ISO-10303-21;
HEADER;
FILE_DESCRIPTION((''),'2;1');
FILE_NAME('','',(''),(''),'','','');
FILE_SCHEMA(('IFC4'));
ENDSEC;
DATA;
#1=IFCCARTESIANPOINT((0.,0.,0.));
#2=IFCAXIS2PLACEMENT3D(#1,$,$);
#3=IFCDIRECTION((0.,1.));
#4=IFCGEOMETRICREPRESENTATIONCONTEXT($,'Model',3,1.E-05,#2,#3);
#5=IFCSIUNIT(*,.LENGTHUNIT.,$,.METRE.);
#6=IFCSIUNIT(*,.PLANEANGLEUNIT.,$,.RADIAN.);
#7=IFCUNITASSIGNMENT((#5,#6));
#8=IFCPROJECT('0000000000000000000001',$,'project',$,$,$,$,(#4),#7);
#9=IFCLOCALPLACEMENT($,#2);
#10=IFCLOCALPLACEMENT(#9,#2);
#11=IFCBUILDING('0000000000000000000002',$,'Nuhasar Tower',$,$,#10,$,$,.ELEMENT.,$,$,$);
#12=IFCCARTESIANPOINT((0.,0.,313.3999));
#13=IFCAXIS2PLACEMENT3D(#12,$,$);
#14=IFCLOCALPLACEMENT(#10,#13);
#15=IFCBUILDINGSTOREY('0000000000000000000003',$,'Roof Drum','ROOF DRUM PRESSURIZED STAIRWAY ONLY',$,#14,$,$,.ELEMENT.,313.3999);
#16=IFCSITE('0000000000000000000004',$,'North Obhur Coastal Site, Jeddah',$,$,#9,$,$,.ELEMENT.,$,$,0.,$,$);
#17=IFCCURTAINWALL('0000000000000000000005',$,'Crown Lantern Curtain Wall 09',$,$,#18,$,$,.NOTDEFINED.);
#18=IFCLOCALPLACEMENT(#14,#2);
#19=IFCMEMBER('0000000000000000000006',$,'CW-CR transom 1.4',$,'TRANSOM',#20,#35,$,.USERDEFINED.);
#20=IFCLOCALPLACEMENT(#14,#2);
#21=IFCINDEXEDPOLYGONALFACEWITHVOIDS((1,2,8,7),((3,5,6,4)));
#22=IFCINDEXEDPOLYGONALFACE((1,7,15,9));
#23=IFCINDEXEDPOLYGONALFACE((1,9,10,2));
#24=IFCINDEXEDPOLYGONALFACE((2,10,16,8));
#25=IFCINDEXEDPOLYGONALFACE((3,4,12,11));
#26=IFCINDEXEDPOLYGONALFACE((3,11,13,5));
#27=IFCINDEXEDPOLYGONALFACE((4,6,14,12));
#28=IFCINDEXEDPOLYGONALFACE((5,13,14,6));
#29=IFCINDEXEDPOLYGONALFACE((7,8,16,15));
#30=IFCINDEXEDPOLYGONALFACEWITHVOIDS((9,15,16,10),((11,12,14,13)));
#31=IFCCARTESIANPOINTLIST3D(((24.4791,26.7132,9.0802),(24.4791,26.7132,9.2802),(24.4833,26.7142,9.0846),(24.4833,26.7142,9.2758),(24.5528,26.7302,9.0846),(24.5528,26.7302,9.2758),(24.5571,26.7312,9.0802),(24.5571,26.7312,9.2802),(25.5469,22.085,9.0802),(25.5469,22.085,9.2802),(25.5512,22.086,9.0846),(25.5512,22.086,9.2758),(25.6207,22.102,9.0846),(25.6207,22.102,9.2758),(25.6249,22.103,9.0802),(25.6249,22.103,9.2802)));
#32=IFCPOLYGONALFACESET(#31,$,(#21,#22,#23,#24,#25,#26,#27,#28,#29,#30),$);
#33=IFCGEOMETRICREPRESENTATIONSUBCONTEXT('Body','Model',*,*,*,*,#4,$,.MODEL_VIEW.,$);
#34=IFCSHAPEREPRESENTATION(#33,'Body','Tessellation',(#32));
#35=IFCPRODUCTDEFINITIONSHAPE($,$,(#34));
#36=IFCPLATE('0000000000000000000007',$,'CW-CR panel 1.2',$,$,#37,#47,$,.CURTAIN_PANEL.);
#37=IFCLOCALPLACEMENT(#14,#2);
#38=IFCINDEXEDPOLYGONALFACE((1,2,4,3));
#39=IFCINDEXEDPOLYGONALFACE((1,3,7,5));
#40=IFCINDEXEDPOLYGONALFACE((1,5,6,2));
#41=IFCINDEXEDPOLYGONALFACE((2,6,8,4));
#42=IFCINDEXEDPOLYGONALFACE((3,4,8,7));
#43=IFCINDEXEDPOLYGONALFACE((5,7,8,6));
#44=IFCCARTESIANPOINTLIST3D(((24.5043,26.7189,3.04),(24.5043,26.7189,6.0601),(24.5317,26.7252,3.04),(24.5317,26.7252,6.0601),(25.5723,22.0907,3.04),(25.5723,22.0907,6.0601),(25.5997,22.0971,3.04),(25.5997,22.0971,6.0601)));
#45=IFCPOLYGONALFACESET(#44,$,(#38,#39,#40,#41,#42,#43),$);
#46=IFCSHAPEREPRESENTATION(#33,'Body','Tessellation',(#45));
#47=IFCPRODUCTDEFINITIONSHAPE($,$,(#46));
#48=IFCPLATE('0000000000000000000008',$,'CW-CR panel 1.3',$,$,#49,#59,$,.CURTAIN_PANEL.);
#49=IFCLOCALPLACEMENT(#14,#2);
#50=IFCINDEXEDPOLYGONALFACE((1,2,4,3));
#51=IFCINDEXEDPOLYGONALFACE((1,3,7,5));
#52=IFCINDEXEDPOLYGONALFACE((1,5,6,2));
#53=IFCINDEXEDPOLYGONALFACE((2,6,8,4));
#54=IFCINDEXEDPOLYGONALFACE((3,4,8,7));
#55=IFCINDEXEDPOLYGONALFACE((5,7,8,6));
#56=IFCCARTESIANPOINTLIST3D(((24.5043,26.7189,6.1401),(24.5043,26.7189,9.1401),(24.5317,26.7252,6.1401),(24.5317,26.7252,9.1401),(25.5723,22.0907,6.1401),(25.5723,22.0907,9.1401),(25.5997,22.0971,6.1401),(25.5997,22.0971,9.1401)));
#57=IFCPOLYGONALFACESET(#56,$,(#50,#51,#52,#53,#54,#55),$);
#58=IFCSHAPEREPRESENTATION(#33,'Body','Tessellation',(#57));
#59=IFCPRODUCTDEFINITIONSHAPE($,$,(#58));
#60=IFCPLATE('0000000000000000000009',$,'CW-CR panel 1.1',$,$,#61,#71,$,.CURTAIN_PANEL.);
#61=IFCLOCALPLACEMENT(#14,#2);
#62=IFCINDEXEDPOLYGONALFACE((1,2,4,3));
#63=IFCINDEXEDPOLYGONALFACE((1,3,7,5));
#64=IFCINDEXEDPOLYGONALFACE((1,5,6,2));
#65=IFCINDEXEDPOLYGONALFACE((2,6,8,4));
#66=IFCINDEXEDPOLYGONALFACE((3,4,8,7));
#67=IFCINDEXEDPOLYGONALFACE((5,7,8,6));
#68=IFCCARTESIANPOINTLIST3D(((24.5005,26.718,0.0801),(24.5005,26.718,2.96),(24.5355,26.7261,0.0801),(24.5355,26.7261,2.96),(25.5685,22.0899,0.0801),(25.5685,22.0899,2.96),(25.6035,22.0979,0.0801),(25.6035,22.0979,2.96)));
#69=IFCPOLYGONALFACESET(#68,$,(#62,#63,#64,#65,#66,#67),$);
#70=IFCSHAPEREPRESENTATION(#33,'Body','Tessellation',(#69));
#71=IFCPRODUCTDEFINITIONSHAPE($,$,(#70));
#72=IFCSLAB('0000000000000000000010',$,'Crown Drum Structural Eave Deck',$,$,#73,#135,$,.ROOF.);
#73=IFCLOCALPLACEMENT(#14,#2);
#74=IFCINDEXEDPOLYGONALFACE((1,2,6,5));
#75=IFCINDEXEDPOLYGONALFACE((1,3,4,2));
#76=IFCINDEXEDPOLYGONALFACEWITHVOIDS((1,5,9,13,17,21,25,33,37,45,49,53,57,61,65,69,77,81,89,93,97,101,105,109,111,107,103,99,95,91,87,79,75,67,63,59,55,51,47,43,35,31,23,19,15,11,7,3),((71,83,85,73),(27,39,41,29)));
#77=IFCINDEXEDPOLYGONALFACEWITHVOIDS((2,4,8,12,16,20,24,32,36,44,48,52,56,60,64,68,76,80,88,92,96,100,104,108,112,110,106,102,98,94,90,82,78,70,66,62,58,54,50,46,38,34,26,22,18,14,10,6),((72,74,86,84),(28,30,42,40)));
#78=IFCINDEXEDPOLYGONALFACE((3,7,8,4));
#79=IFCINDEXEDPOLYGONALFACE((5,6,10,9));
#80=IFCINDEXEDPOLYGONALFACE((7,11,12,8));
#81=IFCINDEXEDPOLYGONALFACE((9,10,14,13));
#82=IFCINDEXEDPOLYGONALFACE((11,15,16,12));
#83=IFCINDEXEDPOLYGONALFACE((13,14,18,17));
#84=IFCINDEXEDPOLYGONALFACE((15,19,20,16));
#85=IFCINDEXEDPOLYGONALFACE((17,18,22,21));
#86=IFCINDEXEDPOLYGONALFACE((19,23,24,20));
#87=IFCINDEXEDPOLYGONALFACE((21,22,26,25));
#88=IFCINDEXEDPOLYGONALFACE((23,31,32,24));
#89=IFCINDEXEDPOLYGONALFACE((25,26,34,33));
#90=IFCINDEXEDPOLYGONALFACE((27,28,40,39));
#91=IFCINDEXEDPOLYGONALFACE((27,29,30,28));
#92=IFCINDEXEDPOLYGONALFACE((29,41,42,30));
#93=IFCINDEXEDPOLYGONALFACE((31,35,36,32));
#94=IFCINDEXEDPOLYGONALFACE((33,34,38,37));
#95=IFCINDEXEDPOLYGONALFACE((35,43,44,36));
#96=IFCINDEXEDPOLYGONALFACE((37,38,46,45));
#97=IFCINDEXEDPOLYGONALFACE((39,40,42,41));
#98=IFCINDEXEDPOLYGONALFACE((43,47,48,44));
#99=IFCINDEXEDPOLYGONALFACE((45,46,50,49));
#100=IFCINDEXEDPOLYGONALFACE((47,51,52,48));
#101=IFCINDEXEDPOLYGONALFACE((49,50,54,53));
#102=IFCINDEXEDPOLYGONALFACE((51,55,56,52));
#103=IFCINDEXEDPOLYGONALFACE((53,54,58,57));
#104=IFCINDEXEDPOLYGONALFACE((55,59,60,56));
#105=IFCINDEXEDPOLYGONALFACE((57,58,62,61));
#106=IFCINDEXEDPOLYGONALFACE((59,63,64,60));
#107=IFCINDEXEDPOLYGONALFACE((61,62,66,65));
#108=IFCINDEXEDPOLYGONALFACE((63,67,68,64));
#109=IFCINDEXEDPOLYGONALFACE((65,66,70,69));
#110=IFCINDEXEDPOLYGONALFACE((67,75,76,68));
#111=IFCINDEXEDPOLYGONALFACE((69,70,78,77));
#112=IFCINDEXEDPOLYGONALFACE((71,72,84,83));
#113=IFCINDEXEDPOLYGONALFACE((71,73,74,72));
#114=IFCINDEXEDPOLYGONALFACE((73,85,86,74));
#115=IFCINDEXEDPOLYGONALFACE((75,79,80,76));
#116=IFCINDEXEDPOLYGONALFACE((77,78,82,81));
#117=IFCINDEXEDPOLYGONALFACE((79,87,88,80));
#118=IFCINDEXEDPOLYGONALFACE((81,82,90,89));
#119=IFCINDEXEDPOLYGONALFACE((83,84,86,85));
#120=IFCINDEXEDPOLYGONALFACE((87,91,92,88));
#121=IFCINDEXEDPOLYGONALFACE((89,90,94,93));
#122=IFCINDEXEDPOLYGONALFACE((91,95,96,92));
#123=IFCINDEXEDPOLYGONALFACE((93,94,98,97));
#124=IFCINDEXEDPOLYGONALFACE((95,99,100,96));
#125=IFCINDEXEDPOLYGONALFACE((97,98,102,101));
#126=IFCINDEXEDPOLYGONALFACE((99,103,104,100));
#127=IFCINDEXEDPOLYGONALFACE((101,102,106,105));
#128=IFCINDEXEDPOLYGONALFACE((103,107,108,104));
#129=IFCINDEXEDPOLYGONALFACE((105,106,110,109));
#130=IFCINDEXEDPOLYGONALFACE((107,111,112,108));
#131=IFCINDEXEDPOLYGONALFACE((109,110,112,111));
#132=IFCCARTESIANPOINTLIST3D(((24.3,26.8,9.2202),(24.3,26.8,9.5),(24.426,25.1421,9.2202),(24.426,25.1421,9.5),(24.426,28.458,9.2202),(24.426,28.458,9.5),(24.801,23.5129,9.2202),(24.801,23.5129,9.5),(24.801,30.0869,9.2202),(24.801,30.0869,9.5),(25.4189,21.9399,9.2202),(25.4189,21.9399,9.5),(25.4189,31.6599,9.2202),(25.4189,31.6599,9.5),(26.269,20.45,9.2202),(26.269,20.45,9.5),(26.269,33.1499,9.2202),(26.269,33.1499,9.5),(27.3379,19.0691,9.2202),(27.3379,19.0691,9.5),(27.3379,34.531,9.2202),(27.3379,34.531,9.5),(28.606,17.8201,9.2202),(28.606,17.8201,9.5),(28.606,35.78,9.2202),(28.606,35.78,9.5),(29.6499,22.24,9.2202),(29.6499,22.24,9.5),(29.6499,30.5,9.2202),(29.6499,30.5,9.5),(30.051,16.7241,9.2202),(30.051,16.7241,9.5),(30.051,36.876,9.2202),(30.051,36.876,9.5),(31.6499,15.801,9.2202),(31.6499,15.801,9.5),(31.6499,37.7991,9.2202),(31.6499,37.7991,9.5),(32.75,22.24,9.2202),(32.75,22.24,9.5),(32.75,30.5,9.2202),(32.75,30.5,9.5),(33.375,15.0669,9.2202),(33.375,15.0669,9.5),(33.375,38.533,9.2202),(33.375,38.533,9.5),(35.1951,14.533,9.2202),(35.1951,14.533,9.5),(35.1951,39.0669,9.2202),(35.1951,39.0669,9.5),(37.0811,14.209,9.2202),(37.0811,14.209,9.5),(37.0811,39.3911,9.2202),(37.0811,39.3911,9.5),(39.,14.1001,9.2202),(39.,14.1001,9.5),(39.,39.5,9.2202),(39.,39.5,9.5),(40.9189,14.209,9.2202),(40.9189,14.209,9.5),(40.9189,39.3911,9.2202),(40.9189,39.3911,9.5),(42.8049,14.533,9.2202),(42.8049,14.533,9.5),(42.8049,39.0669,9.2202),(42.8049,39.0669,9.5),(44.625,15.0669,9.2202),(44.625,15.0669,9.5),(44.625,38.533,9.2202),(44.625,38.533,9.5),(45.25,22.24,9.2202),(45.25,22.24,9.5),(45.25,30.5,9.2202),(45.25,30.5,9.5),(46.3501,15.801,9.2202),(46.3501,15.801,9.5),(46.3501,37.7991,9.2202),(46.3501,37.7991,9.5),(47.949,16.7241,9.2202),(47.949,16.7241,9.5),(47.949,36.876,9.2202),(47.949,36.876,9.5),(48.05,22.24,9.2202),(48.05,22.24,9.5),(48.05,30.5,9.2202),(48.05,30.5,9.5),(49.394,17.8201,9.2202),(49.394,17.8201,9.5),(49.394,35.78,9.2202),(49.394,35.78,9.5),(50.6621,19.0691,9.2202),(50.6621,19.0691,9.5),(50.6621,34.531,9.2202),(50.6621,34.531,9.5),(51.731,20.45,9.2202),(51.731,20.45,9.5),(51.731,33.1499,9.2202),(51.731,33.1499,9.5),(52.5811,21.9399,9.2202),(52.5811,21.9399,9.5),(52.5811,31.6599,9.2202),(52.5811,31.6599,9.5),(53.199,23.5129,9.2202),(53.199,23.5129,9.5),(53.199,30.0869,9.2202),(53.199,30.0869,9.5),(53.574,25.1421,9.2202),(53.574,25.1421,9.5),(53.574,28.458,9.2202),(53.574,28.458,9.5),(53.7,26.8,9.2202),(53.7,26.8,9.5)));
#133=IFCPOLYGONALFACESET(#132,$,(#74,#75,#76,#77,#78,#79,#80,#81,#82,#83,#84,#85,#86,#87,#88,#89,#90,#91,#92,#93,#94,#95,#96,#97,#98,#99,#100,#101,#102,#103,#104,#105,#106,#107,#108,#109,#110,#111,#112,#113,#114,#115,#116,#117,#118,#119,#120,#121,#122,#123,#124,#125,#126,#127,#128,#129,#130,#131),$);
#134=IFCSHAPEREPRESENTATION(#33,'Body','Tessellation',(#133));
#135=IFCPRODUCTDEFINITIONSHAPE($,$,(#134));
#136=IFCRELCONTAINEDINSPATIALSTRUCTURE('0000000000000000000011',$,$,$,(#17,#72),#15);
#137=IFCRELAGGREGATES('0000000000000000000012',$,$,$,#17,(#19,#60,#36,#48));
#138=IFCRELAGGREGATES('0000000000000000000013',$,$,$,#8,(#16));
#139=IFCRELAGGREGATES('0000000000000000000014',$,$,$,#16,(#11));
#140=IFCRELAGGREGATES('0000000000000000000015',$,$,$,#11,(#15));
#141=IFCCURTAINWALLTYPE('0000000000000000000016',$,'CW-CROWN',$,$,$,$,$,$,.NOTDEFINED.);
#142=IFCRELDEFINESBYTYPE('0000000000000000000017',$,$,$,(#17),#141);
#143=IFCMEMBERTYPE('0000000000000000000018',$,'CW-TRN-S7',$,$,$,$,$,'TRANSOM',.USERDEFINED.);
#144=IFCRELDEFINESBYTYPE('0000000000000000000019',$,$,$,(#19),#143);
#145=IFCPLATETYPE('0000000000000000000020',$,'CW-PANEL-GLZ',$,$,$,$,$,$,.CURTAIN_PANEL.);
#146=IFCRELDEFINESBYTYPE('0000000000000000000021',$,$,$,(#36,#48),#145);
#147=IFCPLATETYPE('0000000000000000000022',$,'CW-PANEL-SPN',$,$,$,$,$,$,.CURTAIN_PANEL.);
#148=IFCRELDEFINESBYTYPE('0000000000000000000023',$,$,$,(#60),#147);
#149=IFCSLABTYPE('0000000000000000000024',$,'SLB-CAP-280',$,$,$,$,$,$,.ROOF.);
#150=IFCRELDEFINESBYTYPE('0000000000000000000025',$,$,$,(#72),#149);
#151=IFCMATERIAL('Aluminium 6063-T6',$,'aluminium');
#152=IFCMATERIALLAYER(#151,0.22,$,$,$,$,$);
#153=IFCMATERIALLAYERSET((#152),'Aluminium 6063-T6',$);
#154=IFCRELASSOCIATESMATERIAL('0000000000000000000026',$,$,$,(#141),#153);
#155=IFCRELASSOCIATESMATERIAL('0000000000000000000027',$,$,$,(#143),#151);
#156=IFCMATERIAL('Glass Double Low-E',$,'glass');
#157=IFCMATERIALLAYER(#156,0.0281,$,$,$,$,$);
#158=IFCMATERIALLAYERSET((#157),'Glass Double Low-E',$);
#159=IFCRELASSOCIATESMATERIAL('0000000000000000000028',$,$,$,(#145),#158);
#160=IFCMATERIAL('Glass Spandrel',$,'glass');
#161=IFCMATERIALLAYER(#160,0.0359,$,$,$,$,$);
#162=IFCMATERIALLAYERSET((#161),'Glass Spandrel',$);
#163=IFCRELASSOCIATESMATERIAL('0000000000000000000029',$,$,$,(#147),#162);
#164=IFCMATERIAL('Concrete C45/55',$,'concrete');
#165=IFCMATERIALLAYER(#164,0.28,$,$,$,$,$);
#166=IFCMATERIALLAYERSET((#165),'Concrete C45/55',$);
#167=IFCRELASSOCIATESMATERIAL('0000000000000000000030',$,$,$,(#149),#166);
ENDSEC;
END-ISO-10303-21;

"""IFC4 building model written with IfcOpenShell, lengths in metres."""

from ifc_helpers import new_model, si_unit, direction, frame, origin, origin_2d, place, context, subcontext, project, spatial, polyline, rectangle, hollow_rectangle, outline, extrude, material, layer, layer_set, material_profile, profile_set, type_object, element, aggregate, save


model = new_model("IFC4")

# Units and contexts
model_context = context("Model", 3, precision=1e-05, world=origin(), true_north=direction((0.0, 1.0)))
body_context = subcontext(model_context, "Body", "Model", "MODEL_VIEW")
ifc_project = project(units=[si_unit("LENGTHUNIT", "METRE"), si_unit("PLANEANGLEUNIT", "RADIAN")], contexts=[model_context])

# Site, building, storey
site_placement = place(None, origin())
site = spatial("IfcSite", under=ifc_project, at=site_placement, Name="North Obhur Coastal Site, Jeddah", CompositionType="ELEMENT", RefElevation=0.0)
building_placement = place(site_placement, origin())
building = spatial("IfcBuilding", under=site, at=building_placement, Name="Nuhasar Tower", CompositionType="ELEMENT")
storey_placement = place(building_placement, frame((0.0, 0.0, 313.3999)))
storey = spatial("IfcBuildingStorey", under=building, at=storey_placement, Name="Roof Drum", Description="ROOF DRUM PRESSURIZED STAIRWAY ONLY", CompositionType="ELEMENT", Elevation=313.3999)

# Curtain wall, member, plates
ifc_material_1 = material(Name="Aluminium 6063-T6", Category="aluminium")
ifc_layer_1 = layer(ifc_material_1, 0.22)
ifc_layer_set_1 = layer_set([ifc_layer_1], Name="Aluminium 6063-T6")
curtain_wall_type = type_object("IfcCurtainWallType", Name="CW-CROWN", PredefinedType="NOTDEFINED", material=ifc_layer_set_1)
curtain_wall_placement = place(storey_placement, origin())
curtain_wall = element("IfcCurtainWall", 1, at=curtain_wall_placement, inside=storey, type_object=curtain_wall_type, Name="Crown Lantern Curtain Wall 09", PredefinedType="NOTDEFINED")
ifc_material_profile_1 = material_profile(ifc_material_1, hollow_rectangle(XDim=0.0801, YDim=0.2, WallThickness=0.0044, at=origin_2d()), Name="CWT-7")
ifc_profile_set_1 = profile_set([ifc_material_profile_1], Name="Aluminium 6063-T6")
member_type_1 = type_object("IfcMemberType", Name="CW-TRN-S7", ElementType="TRANSOM", PredefinedType="USERDEFINED", material=ifc_profile_set_1)
member_1_placement = place(storey_placement, frame((24.5181, 26.7222, 9.1802), z_axis=(0.224826, -0.974399, 0.0), x_axis=(0.974399, 0.224826, 0.0)))
member_1 = element("IfcMember", 2, at=member_1_placement, type_object=member_type_1, Name="CW-CR transom 1.4", ObjectType="TRANSOM", PredefinedType="USERDEFINED", context=body_context, shape_type="SweptSolid", body=[
    extrude(hollow_rectangle(XDim=0.0801, YDim=0.2, WallThickness=0.0044, at=origin_2d()), origin(), (0.0, 0.0, 1.0), 4.7498),
])
ifc_material_2 = material(Name="Glass Double Low-E", Category="glass")
ifc_layer_2 = layer(ifc_material_2, 0.0281)
ifc_layer_set_2 = layer_set([ifc_layer_2], Name="Glass Double Low-E")
plate_type_1 = type_object("IfcPlateType", Name="CW-PANEL-GLZ", PredefinedType="CURTAIN_PANEL", material=ifc_layer_set_2)
plate_1_placement = place(storey_placement, frame((25.052, 24.408, 3.04), z_axis=(0.0, 0.0, 1.0), x_axis=(0.22486, -0.974391, 0.0)))
plate_1 = element("IfcPlate", 3, at=plate_1_placement, type_object=plate_type_1, Name="CW-CR panel 1.2", PredefinedType="CURTAIN_PANEL", context=body_context, shape_type="SweptSolid", body=[
    extrude(rectangle(XDim=4.7498, YDim=0.0281, at=origin_2d()), origin(), (0.0, 0.0, 1.0), 3.02),
])
plate_2_placement = place(storey_placement, frame((25.052, 24.408, 6.1401), z_axis=(0.0, 0.0, 1.0), x_axis=(0.22486, -0.974391, 0.0)))
plate_2 = element("IfcPlate", 4, at=plate_2_placement, type_object=plate_type_1, Name="CW-CR panel 1.3", PredefinedType="CURTAIN_PANEL", context=body_context, shape_type="SweptSolid", body=[
    extrude(rectangle(XDim=4.7498, YDim=0.0281, at=origin_2d()), origin(), (0.0, 0.0, 1.0), 3.0),
])
ifc_material_3 = material(Name="Glass Spandrel", Category="glass")
ifc_layer_3 = layer(ifc_material_3, 0.0359)
ifc_layer_set_3 = layer_set([ifc_layer_3], Name="Glass Spandrel")
plate_type_2 = type_object("IfcPlateType", Name="CW-PANEL-SPN", PredefinedType="CURTAIN_PANEL", material=ifc_layer_set_3)
plate_3_placement = place(storey_placement, frame((25.052, 24.408, 0.0801), z_axis=(0.0, 0.0, 1.0), x_axis=(0.22486, -0.974391, 0.0)))
plate_3 = element("IfcPlate", 5, at=plate_3_placement, type_object=plate_type_2, Name="CW-CR panel 1.1", PredefinedType="CURTAIN_PANEL", context=body_context, shape_type="SweptSolid", body=[
    extrude(rectangle(XDim=4.7498, YDim=0.0359, at=origin_2d()), origin(), (0.0, 0.0, 1.0), 2.8799),
])
aggregate(curtain_wall, [member_1, plate_3, plate_1, plate_2])

# Slab
ifc_material_4 = material(Name="Concrete C45/55", Category="concrete")
ifc_layer_4 = layer(ifc_material_4, 0.28)
ifc_layer_set_4 = layer_set([ifc_layer_4], Name="Concrete C45/55")
slab_type_1 = type_object("IfcSlabType", Name="SLB-CAP-280", PredefinedType="ROOF", material=ifc_layer_set_4)
slab_1_placement = place(storey_placement, frame((0.0, 0.0, 9.2202)))
element("IfcSlab", 6, at=slab_1_placement, inside=storey, type_object=slab_type_1, Name="Crown Drum Structural Eave Deck", PredefinedType="ROOF", context=body_context, shape_type="SweptSolid", body=[
    extrude(outline(polyline([(53.7, 26.8), (53.574, 28.458), (53.199, 30.0869), (52.5811, 31.6599), (51.731, 33.1499), (50.6621, 34.531), (49.394, 35.78), (47.949, 36.876), (46.3501, 37.7991), (44.625, 38.533), (42.8049, 39.0669), (40.9189, 39.3911), (39.0, 39.5), (37.0811, 39.3911), (35.1951, 39.0669), (33.375, 38.533), (31.6499, 37.7991), (30.051, 36.876), (28.606, 35.78), (27.3379, 34.531), (26.269, 33.1499), (25.4189, 31.6599), (24.801, 30.0869), (24.426, 28.458), (24.3, 26.8), (24.426, 25.1421), (24.801, 23.5129), (25.4189, 21.9399), (26.269, 20.45), (27.3379, 19.0691), (28.606, 17.8201), (30.051, 16.7241), (31.6499, 15.801), (33.375, 15.0669), (35.1951, 14.533), (37.0811, 14.209), (39.0, 14.1001), (40.9189, 14.209), (42.8049, 14.533), (44.625, 15.0669), (46.3501, 15.801), (47.949, 16.7241), (49.394, 17.8201), (50.6621, 19.0691), (51.731, 20.45), (52.5811, 21.9399), (53.199, 23.5129), (53.574, 25.1421), (53.7, 26.8)]), holes=[polyline([(29.6499, 30.5), (32.75, 30.5), (32.75, 22.24), (29.6499, 22.24), (29.6499, 30.5)]), polyline([(45.25, 30.5), (48.05, 30.5), (48.05, 22.24), (45.25, 22.24), (45.25, 30.5)])]), origin(), (0.0, 0.0, 1.0), 0.2798),
])

save(model, "model.ifc")
